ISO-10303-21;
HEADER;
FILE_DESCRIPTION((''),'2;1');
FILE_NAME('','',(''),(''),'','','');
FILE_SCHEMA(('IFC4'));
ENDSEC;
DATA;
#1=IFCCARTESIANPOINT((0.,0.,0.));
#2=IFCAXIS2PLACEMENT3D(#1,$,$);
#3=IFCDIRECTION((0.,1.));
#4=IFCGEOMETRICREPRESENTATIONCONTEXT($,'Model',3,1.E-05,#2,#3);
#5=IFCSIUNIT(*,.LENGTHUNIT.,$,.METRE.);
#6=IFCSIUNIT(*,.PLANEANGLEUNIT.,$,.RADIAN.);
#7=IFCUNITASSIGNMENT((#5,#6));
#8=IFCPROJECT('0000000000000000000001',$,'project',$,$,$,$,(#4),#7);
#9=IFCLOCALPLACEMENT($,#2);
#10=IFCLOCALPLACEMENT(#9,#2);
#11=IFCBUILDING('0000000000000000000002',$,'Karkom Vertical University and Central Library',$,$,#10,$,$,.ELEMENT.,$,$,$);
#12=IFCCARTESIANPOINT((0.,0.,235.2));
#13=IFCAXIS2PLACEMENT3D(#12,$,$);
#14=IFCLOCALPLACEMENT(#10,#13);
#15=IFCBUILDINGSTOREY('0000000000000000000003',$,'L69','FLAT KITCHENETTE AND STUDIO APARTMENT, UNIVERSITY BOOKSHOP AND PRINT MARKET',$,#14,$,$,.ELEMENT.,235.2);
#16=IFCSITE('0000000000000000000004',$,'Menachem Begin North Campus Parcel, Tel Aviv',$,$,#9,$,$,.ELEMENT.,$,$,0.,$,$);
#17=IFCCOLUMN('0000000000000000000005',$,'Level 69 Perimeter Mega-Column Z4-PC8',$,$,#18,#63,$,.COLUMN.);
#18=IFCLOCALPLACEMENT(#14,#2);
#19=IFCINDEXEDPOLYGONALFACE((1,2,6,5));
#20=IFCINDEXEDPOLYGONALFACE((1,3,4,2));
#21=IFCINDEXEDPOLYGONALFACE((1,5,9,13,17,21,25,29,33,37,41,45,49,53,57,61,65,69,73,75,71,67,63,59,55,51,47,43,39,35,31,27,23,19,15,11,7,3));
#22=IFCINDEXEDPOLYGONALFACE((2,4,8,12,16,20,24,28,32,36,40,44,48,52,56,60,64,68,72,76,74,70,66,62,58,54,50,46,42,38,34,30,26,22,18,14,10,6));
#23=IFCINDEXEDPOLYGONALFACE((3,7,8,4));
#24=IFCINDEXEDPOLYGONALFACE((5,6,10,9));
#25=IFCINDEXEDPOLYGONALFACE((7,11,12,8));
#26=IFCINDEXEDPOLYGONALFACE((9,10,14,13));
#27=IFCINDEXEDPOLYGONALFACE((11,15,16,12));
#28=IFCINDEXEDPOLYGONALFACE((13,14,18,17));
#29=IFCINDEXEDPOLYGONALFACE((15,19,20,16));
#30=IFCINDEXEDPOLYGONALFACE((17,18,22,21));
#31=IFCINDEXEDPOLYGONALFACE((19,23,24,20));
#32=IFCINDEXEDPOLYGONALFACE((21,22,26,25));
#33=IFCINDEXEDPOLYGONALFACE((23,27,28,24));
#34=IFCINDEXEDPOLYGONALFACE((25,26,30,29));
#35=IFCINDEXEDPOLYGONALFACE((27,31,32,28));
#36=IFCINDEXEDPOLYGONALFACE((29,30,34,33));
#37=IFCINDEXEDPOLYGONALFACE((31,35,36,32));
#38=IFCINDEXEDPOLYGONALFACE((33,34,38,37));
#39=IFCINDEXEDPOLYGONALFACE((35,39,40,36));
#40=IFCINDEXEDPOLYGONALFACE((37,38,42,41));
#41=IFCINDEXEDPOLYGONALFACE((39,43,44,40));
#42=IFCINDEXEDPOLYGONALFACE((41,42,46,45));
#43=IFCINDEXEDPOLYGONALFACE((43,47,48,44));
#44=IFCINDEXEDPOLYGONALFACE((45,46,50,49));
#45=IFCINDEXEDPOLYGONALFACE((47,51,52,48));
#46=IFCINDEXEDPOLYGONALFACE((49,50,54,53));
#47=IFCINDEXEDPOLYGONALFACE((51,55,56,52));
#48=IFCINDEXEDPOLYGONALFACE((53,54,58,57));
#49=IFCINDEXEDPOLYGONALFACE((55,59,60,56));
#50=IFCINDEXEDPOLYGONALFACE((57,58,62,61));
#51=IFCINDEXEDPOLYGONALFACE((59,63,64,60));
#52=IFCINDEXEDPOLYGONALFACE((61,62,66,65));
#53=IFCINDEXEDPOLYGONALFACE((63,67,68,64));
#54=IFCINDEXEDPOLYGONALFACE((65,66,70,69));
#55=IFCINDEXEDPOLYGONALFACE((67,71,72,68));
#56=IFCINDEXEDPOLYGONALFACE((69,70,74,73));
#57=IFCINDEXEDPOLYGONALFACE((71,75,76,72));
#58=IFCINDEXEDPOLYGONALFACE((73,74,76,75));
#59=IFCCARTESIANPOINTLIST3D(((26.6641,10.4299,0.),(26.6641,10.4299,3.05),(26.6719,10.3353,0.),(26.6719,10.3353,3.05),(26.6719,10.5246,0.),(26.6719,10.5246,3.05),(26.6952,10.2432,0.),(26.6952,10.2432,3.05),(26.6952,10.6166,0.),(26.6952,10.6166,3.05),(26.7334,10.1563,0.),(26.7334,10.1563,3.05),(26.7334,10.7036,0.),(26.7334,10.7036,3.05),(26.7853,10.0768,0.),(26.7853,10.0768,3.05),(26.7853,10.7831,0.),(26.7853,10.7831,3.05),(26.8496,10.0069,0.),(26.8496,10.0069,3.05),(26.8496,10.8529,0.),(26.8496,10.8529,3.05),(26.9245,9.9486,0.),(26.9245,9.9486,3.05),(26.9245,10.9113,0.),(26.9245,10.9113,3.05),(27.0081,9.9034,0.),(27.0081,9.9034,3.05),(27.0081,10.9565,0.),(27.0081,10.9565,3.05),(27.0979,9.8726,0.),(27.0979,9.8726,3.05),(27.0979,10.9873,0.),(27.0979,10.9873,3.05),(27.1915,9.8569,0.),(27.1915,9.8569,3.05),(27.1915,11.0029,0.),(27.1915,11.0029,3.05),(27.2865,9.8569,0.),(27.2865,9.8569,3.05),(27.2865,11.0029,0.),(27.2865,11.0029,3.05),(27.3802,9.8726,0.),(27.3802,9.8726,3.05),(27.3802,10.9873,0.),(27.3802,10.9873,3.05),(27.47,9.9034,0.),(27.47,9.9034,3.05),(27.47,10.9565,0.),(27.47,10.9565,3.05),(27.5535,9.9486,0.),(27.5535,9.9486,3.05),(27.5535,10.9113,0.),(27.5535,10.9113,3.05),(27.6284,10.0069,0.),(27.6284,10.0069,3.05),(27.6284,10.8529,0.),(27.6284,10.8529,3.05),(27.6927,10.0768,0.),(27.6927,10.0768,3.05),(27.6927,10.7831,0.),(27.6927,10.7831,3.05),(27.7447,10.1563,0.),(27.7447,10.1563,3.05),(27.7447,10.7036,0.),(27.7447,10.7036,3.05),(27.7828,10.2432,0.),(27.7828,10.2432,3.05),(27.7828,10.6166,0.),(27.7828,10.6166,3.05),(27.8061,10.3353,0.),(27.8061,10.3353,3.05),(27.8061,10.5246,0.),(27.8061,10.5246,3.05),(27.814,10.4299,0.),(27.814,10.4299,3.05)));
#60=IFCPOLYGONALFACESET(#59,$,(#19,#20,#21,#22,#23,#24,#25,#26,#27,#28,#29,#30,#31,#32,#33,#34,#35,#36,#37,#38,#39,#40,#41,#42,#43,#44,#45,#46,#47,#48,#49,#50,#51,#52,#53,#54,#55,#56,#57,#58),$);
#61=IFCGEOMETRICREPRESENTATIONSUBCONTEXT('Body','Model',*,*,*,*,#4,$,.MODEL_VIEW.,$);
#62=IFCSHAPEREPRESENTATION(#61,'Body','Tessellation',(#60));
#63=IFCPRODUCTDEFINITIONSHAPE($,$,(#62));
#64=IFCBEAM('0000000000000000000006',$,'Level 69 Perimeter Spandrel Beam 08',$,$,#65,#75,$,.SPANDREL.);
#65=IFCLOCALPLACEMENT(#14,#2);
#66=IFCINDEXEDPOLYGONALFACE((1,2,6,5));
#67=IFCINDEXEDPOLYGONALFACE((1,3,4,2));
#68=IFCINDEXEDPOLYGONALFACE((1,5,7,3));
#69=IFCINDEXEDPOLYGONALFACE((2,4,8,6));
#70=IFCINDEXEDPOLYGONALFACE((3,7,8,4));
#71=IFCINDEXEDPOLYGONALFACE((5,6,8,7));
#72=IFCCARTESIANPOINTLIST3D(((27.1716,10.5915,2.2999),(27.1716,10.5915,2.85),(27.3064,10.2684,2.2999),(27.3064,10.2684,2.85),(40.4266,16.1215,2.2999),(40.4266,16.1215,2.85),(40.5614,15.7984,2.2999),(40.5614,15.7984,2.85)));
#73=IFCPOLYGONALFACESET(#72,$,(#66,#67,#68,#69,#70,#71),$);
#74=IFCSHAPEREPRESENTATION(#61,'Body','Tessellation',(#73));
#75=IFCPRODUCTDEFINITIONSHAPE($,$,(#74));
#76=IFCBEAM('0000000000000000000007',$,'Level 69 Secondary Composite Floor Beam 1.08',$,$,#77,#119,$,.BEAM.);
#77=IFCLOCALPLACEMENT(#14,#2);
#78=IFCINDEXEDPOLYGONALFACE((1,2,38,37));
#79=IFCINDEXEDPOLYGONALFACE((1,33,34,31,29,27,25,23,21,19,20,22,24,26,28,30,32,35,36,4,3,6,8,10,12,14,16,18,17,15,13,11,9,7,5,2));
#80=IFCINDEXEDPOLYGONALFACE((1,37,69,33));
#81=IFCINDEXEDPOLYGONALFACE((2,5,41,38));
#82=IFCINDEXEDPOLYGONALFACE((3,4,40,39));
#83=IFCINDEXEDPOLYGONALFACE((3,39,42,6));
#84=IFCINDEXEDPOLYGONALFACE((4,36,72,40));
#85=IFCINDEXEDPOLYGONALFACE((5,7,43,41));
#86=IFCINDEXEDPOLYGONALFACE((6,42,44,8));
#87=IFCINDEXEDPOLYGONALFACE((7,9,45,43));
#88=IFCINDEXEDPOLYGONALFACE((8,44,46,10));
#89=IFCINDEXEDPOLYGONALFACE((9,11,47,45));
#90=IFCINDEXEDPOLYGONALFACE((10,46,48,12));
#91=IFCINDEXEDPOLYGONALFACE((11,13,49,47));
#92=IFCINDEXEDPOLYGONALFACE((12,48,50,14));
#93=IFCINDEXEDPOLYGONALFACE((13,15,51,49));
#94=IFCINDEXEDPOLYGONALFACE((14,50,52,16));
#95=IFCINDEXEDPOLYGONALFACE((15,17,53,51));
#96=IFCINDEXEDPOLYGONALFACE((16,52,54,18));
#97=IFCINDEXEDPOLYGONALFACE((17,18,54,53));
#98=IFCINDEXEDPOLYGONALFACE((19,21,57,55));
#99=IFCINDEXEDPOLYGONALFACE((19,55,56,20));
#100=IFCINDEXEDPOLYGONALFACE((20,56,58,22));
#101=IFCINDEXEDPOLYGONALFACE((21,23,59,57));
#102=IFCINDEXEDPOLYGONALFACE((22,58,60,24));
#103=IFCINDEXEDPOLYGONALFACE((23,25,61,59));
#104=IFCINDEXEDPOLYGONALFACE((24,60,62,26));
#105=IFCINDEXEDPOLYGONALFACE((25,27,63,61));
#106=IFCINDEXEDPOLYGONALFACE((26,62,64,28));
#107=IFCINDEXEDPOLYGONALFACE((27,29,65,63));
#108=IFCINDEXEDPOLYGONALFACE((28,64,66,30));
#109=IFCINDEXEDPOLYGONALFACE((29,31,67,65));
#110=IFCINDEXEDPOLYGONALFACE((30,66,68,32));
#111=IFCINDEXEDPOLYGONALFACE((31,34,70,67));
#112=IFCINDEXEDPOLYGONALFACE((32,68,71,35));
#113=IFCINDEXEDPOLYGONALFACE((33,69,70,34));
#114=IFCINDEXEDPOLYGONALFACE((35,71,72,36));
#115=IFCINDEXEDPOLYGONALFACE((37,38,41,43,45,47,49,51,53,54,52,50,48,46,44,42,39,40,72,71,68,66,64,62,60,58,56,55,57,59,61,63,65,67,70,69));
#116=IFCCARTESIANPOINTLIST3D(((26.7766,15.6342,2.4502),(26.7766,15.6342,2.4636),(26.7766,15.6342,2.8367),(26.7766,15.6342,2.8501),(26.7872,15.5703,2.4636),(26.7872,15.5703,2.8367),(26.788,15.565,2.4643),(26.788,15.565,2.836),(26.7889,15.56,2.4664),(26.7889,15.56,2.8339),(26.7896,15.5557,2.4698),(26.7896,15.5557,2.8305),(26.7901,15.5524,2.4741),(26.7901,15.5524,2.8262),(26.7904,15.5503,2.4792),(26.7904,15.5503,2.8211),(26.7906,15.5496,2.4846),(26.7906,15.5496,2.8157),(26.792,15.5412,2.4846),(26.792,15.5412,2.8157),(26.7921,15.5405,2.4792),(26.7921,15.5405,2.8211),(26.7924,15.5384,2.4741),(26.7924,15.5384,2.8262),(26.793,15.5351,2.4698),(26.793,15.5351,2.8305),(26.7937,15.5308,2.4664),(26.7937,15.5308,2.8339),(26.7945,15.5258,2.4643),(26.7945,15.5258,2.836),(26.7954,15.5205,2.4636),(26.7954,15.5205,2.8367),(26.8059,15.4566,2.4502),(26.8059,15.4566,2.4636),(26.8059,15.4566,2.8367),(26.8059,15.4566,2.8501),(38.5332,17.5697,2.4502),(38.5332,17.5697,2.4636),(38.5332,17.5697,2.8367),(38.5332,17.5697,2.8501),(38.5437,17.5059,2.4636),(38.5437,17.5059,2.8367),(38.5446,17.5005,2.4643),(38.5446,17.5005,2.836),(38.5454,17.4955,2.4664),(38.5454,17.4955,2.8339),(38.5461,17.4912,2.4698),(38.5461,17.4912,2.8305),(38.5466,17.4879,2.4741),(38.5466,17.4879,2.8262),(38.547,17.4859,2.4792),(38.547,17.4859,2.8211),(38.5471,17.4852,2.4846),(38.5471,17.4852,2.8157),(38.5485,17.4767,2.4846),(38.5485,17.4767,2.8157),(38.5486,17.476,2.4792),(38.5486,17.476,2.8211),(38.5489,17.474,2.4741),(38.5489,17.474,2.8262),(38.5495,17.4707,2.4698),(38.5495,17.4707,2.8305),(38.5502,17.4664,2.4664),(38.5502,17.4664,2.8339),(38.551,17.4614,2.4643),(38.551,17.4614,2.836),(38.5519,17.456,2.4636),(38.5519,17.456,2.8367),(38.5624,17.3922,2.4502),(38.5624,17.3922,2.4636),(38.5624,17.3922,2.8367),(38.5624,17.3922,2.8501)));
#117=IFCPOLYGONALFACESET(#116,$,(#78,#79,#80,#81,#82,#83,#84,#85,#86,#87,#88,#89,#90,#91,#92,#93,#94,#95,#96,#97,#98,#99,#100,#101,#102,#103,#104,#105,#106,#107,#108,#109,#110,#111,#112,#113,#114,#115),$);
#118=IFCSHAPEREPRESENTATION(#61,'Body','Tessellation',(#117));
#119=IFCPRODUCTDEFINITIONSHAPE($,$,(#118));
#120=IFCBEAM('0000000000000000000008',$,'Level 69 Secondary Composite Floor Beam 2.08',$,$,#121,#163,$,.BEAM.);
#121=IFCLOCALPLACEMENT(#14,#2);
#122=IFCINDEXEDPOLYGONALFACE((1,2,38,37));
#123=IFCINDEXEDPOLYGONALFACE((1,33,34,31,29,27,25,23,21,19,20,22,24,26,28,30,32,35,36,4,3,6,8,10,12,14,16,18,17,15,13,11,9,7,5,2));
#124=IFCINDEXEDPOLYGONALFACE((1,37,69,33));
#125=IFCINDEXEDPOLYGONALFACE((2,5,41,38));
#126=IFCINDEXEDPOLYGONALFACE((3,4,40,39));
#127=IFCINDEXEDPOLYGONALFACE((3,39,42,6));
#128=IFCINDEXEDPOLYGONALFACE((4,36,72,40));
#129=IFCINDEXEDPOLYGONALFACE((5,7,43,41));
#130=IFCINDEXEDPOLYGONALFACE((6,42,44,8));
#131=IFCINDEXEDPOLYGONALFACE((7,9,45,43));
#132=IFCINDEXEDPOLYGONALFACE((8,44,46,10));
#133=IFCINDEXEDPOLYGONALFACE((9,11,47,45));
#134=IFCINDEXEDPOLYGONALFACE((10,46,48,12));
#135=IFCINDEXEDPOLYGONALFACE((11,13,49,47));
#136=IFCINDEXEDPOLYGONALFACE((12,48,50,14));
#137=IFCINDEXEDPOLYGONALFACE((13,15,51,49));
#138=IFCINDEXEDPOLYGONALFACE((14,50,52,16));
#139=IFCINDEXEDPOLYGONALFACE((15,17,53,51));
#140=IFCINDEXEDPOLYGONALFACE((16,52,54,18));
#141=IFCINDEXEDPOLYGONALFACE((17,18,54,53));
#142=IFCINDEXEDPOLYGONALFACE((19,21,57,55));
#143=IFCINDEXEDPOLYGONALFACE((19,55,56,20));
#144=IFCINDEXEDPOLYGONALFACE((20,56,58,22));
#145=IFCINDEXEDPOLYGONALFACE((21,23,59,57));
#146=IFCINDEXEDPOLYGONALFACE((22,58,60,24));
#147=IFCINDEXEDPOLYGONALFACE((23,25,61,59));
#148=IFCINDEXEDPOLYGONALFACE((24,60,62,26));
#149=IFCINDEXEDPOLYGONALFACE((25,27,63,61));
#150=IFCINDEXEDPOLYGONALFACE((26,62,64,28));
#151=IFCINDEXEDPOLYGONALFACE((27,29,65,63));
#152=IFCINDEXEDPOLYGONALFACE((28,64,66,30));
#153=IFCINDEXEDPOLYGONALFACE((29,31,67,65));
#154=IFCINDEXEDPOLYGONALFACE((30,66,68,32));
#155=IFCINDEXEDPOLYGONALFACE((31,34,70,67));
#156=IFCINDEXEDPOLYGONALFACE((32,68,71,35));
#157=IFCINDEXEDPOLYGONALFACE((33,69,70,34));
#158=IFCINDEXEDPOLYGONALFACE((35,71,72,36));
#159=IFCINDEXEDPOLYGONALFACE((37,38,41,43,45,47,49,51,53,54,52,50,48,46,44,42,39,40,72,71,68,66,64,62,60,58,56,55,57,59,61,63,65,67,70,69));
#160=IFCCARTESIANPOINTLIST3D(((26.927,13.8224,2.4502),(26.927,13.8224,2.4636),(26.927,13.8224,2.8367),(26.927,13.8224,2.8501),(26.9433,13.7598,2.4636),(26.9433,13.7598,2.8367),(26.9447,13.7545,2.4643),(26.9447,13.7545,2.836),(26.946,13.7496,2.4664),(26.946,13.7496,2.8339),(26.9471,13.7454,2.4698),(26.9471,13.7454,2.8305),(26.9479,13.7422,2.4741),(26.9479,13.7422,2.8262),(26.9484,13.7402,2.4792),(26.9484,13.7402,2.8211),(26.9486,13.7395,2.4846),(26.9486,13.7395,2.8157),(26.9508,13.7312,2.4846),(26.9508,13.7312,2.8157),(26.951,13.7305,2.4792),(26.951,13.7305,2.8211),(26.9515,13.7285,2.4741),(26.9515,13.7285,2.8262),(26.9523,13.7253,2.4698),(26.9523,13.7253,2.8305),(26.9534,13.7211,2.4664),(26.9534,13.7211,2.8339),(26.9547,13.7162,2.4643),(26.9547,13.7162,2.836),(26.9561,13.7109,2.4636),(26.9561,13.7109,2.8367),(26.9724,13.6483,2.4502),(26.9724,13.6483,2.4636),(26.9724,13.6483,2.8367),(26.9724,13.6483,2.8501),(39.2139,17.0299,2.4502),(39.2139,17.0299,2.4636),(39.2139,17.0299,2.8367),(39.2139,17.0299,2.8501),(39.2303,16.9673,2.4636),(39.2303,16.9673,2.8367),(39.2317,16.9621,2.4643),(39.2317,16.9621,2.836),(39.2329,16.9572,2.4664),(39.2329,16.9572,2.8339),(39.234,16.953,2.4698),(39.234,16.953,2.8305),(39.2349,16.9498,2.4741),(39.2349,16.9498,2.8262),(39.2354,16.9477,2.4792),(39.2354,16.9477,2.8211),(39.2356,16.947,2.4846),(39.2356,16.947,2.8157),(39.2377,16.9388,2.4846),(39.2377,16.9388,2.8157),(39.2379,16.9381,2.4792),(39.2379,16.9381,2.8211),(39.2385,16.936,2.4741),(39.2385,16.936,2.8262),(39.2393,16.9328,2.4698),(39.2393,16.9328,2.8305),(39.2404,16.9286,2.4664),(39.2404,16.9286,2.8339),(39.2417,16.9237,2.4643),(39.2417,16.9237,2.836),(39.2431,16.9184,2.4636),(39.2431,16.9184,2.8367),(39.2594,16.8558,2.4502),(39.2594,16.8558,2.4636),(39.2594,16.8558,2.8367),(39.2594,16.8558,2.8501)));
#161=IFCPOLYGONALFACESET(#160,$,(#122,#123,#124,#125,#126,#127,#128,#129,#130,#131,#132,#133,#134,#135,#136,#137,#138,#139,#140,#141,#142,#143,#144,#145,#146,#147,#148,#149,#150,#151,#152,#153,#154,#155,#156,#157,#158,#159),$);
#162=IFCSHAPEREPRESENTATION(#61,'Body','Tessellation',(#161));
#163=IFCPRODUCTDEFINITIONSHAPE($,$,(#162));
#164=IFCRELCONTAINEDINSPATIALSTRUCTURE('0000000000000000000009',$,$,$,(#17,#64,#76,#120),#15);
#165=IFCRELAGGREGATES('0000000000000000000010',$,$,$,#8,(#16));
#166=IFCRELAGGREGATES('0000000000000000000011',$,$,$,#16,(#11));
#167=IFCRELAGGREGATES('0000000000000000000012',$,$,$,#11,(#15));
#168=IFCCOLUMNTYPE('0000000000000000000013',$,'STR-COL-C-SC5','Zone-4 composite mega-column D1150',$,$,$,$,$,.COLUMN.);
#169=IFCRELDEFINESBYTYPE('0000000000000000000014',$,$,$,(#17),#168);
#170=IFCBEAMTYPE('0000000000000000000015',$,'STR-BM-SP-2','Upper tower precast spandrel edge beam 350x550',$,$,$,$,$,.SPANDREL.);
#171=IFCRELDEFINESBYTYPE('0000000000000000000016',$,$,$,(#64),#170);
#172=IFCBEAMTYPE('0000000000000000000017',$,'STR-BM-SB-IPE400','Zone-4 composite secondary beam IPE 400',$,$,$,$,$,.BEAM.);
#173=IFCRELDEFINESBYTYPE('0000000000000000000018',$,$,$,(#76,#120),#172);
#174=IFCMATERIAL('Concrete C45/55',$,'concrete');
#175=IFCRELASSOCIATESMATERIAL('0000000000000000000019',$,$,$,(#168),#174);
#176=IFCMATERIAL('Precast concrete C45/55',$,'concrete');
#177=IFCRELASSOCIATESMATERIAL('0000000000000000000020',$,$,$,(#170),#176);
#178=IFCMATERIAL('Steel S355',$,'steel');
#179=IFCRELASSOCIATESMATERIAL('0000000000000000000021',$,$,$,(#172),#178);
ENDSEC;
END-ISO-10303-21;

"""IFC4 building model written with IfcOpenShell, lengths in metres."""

from ifc_helpers import new_model, si_unit, direction, frame, origin, origin_with_axes, origin_2d, place, context, subcontext, project, spatial, rectangle, circle, i_section, extrude, source, transform, mapped, material, material_profile, profile_set, type_object, element, save


model = new_model("IFC4")

# Units and contexts
model_context = context("Model", 3, precision=1e-05, world=origin(), true_north=direction((0.0, 1.0)))
body_context = subcontext(model_context, "Body", "Model", "MODEL_VIEW")
ifc_project = project(units=[si_unit("LENGTHUNIT", "METRE"), si_unit("PLANEANGLEUNIT", "RADIAN")], contexts=[model_context])

# Site, building, storey
site_placement = place(None, origin())
site = spatial("IfcSite", under=ifc_project, at=site_placement, Name="Menachem Begin North Campus Parcel, Tel Aviv", CompositionType="ELEMENT", RefElevation=0.0)
building_placement = place(site_placement, origin())
building = spatial("IfcBuilding", under=site, at=building_placement, Name="Karkom Vertical University and Central Library", CompositionType="ELEMENT")
storey_placement = place(building_placement, frame((0.0, 0.0, 235.2)))
storey = spatial("IfcBuildingStorey", under=building, at=storey_placement, Name="L69", Description="FLAT KITCHENETTE AND STUDIO APARTMENT, UNIVERSITY BOOKSHOP AND PRINT MARKET", CompositionType="ELEMENT", Elevation=235.2)

# Column
ifc_material_1 = material(Name="Concrete C45/55", Category="concrete")
ifc_material_profile_1 = material_profile(ifc_material_1, circle(Radius=0.575, at=origin_2d()), Name="CFT-D1150")
ifc_profile_set_1 = profile_set([ifc_material_profile_1], Name="Concrete C45/55")
column_type = type_object("IfcColumnType", Name="STR-COL-C-SC5", Description="Zone-4 composite mega-column D1150", PredefinedType="COLUMN", material=ifc_profile_set_1)
shared_shape_1 = source(origin_with_axes(), body_context, "Body", "SweptSolid", [
    extrude(circle(Radius=0.575, at=origin_2d()), origin(), (0.0, 0.0, 1.0), 3.05),
])
column_placement = place(storey_placement, frame((27.239, 10.4299, 0.0), z_axis=(0.0, 0.0, 1.0), x_axis=(1.0, 0.0, 0.0)))
element("IfcColumn", 1, at=column_placement, inside=storey, type_object=column_type, Name="Level 69 Perimeter Mega-Column Z4-PC8", PredefinedType="COLUMN", context=body_context, shape_type="MappedRepresentation", body=[
    mapped(shared_shape_1, transform((0.0, 0.0, 0.0), scale=1.0)),
])

# Beams
ifc_material_2 = material(Name="Precast concrete C45/55", Category="concrete")
ifc_material_profile_2 = material_profile(ifc_material_2, rectangle(XDim=0.3501, YDim=0.55, at=origin_2d()), Name="SPB-350x550")
ifc_profile_set_2 = profile_set([ifc_material_profile_2], Name="Precast concrete C45/55")
beam_type_1 = type_object("IfcBeamType", Name="STR-BM-SP-2", Description="Upper tower precast spandrel edge beam 350x550", PredefinedType="SPANDREL", material=ifc_profile_set_2)
shared_shape_2 = source(origin_with_axes(), body_context, "Body", "SweptSolid", [
    extrude(rectangle(XDim=0.3501, YDim=0.55, at=origin_2d()), origin(), (0.0, 0.0, 1.0), 14.3623),
])
beam_1_placement = place(storey_placement, frame((27.239, 10.4299, 2.575), z_axis=(0.9229, 0.38504, 0.0), x_axis=(-0.38504, 0.9229, 0.0)))
element("IfcBeam", 2, at=beam_1_placement, inside=storey, type_object=beam_type_1, Name="Level 69 Perimeter Spandrel Beam 08", PredefinedType="SPANDREL", context=body_context, shape_type="MappedRepresentation", body=[
    mapped(shared_shape_2, transform((0.0, 0.0, 0.0), scale=1.0)),
])
ifc_material_3 = material(Name="Steel S355", Category="steel")
ifc_material_profile_3 = material_profile(ifc_material_3, i_section(OverallWidth=0.1799, OverallDepth=0.3999, WebThickness=0.0085, FlangeThickness=0.0134, FilletRadius=0.021, at=origin_2d()), Name="IPE 400")
ifc_profile_set_3 = profile_set([ifc_material_profile_3], Name="Steel S355")
beam_type_2 = type_object("IfcBeamType", Name="STR-BM-SB-IPE400", Description="Zone-4 composite secondary beam IPE 400", PredefinedType="BEAM", material=ifc_profile_set_3)
shared_shape_3 = source(origin_with_axes(), body_context, "Body", "SweptSolid", [
    extrude(i_section(OverallWidth=0.1799, OverallDepth=0.3999, WebThickness=0.0085, FlangeThickness=0.0134, FilletRadius=0.021, at=origin_2d()), origin(), (0.0, 0.0, 1.0), 11.9148),
])
beam_2_placement = place(storey_placement, frame((26.7913, 15.5454, 2.6501), z_axis=(0.986717, 0.162448, 0.0), x_axis=(-0.162448, 0.986717, 0.0)))
element("IfcBeam", 3, at=beam_2_placement, inside=storey, type_object=beam_type_2, Name="Level 69 Secondary Composite Floor Beam 1.08", PredefinedType="BEAM", context=body_context, shape_type="MappedRepresentation", body=[
    mapped(shared_shape_3, transform((0.0, 0.0, 0.0), scale=1.0)),
])
shared_shape_4 = source(origin_with_axes(), body_context, "Body", "SweptSolid", [
    extrude(i_section(OverallWidth=0.1799, OverallDepth=0.3999, WebThickness=0.0085, FlangeThickness=0.0134, FilletRadius=0.021, at=origin_2d()), origin(), (0.0, 0.0, 1.0), 12.6987),
])
beam_3_placement = place(storey_placement, frame((26.9497, 13.7354, 2.6501), z_axis=(0.967574, 0.252588, 0.0), x_axis=(-0.252588, 0.967574, 0.0)))
element("IfcBeam", 4, at=beam_3_placement, inside=storey, type_object=beam_type_2, Name="Level 69 Secondary Composite Floor Beam 2.08", PredefinedType="BEAM", context=body_context, shape_type="MappedRepresentation", body=[
    mapped(shared_shape_4, transform((0.0, 0.0, 0.0), scale=1.0)),
])

save(model, "model.ifc")
